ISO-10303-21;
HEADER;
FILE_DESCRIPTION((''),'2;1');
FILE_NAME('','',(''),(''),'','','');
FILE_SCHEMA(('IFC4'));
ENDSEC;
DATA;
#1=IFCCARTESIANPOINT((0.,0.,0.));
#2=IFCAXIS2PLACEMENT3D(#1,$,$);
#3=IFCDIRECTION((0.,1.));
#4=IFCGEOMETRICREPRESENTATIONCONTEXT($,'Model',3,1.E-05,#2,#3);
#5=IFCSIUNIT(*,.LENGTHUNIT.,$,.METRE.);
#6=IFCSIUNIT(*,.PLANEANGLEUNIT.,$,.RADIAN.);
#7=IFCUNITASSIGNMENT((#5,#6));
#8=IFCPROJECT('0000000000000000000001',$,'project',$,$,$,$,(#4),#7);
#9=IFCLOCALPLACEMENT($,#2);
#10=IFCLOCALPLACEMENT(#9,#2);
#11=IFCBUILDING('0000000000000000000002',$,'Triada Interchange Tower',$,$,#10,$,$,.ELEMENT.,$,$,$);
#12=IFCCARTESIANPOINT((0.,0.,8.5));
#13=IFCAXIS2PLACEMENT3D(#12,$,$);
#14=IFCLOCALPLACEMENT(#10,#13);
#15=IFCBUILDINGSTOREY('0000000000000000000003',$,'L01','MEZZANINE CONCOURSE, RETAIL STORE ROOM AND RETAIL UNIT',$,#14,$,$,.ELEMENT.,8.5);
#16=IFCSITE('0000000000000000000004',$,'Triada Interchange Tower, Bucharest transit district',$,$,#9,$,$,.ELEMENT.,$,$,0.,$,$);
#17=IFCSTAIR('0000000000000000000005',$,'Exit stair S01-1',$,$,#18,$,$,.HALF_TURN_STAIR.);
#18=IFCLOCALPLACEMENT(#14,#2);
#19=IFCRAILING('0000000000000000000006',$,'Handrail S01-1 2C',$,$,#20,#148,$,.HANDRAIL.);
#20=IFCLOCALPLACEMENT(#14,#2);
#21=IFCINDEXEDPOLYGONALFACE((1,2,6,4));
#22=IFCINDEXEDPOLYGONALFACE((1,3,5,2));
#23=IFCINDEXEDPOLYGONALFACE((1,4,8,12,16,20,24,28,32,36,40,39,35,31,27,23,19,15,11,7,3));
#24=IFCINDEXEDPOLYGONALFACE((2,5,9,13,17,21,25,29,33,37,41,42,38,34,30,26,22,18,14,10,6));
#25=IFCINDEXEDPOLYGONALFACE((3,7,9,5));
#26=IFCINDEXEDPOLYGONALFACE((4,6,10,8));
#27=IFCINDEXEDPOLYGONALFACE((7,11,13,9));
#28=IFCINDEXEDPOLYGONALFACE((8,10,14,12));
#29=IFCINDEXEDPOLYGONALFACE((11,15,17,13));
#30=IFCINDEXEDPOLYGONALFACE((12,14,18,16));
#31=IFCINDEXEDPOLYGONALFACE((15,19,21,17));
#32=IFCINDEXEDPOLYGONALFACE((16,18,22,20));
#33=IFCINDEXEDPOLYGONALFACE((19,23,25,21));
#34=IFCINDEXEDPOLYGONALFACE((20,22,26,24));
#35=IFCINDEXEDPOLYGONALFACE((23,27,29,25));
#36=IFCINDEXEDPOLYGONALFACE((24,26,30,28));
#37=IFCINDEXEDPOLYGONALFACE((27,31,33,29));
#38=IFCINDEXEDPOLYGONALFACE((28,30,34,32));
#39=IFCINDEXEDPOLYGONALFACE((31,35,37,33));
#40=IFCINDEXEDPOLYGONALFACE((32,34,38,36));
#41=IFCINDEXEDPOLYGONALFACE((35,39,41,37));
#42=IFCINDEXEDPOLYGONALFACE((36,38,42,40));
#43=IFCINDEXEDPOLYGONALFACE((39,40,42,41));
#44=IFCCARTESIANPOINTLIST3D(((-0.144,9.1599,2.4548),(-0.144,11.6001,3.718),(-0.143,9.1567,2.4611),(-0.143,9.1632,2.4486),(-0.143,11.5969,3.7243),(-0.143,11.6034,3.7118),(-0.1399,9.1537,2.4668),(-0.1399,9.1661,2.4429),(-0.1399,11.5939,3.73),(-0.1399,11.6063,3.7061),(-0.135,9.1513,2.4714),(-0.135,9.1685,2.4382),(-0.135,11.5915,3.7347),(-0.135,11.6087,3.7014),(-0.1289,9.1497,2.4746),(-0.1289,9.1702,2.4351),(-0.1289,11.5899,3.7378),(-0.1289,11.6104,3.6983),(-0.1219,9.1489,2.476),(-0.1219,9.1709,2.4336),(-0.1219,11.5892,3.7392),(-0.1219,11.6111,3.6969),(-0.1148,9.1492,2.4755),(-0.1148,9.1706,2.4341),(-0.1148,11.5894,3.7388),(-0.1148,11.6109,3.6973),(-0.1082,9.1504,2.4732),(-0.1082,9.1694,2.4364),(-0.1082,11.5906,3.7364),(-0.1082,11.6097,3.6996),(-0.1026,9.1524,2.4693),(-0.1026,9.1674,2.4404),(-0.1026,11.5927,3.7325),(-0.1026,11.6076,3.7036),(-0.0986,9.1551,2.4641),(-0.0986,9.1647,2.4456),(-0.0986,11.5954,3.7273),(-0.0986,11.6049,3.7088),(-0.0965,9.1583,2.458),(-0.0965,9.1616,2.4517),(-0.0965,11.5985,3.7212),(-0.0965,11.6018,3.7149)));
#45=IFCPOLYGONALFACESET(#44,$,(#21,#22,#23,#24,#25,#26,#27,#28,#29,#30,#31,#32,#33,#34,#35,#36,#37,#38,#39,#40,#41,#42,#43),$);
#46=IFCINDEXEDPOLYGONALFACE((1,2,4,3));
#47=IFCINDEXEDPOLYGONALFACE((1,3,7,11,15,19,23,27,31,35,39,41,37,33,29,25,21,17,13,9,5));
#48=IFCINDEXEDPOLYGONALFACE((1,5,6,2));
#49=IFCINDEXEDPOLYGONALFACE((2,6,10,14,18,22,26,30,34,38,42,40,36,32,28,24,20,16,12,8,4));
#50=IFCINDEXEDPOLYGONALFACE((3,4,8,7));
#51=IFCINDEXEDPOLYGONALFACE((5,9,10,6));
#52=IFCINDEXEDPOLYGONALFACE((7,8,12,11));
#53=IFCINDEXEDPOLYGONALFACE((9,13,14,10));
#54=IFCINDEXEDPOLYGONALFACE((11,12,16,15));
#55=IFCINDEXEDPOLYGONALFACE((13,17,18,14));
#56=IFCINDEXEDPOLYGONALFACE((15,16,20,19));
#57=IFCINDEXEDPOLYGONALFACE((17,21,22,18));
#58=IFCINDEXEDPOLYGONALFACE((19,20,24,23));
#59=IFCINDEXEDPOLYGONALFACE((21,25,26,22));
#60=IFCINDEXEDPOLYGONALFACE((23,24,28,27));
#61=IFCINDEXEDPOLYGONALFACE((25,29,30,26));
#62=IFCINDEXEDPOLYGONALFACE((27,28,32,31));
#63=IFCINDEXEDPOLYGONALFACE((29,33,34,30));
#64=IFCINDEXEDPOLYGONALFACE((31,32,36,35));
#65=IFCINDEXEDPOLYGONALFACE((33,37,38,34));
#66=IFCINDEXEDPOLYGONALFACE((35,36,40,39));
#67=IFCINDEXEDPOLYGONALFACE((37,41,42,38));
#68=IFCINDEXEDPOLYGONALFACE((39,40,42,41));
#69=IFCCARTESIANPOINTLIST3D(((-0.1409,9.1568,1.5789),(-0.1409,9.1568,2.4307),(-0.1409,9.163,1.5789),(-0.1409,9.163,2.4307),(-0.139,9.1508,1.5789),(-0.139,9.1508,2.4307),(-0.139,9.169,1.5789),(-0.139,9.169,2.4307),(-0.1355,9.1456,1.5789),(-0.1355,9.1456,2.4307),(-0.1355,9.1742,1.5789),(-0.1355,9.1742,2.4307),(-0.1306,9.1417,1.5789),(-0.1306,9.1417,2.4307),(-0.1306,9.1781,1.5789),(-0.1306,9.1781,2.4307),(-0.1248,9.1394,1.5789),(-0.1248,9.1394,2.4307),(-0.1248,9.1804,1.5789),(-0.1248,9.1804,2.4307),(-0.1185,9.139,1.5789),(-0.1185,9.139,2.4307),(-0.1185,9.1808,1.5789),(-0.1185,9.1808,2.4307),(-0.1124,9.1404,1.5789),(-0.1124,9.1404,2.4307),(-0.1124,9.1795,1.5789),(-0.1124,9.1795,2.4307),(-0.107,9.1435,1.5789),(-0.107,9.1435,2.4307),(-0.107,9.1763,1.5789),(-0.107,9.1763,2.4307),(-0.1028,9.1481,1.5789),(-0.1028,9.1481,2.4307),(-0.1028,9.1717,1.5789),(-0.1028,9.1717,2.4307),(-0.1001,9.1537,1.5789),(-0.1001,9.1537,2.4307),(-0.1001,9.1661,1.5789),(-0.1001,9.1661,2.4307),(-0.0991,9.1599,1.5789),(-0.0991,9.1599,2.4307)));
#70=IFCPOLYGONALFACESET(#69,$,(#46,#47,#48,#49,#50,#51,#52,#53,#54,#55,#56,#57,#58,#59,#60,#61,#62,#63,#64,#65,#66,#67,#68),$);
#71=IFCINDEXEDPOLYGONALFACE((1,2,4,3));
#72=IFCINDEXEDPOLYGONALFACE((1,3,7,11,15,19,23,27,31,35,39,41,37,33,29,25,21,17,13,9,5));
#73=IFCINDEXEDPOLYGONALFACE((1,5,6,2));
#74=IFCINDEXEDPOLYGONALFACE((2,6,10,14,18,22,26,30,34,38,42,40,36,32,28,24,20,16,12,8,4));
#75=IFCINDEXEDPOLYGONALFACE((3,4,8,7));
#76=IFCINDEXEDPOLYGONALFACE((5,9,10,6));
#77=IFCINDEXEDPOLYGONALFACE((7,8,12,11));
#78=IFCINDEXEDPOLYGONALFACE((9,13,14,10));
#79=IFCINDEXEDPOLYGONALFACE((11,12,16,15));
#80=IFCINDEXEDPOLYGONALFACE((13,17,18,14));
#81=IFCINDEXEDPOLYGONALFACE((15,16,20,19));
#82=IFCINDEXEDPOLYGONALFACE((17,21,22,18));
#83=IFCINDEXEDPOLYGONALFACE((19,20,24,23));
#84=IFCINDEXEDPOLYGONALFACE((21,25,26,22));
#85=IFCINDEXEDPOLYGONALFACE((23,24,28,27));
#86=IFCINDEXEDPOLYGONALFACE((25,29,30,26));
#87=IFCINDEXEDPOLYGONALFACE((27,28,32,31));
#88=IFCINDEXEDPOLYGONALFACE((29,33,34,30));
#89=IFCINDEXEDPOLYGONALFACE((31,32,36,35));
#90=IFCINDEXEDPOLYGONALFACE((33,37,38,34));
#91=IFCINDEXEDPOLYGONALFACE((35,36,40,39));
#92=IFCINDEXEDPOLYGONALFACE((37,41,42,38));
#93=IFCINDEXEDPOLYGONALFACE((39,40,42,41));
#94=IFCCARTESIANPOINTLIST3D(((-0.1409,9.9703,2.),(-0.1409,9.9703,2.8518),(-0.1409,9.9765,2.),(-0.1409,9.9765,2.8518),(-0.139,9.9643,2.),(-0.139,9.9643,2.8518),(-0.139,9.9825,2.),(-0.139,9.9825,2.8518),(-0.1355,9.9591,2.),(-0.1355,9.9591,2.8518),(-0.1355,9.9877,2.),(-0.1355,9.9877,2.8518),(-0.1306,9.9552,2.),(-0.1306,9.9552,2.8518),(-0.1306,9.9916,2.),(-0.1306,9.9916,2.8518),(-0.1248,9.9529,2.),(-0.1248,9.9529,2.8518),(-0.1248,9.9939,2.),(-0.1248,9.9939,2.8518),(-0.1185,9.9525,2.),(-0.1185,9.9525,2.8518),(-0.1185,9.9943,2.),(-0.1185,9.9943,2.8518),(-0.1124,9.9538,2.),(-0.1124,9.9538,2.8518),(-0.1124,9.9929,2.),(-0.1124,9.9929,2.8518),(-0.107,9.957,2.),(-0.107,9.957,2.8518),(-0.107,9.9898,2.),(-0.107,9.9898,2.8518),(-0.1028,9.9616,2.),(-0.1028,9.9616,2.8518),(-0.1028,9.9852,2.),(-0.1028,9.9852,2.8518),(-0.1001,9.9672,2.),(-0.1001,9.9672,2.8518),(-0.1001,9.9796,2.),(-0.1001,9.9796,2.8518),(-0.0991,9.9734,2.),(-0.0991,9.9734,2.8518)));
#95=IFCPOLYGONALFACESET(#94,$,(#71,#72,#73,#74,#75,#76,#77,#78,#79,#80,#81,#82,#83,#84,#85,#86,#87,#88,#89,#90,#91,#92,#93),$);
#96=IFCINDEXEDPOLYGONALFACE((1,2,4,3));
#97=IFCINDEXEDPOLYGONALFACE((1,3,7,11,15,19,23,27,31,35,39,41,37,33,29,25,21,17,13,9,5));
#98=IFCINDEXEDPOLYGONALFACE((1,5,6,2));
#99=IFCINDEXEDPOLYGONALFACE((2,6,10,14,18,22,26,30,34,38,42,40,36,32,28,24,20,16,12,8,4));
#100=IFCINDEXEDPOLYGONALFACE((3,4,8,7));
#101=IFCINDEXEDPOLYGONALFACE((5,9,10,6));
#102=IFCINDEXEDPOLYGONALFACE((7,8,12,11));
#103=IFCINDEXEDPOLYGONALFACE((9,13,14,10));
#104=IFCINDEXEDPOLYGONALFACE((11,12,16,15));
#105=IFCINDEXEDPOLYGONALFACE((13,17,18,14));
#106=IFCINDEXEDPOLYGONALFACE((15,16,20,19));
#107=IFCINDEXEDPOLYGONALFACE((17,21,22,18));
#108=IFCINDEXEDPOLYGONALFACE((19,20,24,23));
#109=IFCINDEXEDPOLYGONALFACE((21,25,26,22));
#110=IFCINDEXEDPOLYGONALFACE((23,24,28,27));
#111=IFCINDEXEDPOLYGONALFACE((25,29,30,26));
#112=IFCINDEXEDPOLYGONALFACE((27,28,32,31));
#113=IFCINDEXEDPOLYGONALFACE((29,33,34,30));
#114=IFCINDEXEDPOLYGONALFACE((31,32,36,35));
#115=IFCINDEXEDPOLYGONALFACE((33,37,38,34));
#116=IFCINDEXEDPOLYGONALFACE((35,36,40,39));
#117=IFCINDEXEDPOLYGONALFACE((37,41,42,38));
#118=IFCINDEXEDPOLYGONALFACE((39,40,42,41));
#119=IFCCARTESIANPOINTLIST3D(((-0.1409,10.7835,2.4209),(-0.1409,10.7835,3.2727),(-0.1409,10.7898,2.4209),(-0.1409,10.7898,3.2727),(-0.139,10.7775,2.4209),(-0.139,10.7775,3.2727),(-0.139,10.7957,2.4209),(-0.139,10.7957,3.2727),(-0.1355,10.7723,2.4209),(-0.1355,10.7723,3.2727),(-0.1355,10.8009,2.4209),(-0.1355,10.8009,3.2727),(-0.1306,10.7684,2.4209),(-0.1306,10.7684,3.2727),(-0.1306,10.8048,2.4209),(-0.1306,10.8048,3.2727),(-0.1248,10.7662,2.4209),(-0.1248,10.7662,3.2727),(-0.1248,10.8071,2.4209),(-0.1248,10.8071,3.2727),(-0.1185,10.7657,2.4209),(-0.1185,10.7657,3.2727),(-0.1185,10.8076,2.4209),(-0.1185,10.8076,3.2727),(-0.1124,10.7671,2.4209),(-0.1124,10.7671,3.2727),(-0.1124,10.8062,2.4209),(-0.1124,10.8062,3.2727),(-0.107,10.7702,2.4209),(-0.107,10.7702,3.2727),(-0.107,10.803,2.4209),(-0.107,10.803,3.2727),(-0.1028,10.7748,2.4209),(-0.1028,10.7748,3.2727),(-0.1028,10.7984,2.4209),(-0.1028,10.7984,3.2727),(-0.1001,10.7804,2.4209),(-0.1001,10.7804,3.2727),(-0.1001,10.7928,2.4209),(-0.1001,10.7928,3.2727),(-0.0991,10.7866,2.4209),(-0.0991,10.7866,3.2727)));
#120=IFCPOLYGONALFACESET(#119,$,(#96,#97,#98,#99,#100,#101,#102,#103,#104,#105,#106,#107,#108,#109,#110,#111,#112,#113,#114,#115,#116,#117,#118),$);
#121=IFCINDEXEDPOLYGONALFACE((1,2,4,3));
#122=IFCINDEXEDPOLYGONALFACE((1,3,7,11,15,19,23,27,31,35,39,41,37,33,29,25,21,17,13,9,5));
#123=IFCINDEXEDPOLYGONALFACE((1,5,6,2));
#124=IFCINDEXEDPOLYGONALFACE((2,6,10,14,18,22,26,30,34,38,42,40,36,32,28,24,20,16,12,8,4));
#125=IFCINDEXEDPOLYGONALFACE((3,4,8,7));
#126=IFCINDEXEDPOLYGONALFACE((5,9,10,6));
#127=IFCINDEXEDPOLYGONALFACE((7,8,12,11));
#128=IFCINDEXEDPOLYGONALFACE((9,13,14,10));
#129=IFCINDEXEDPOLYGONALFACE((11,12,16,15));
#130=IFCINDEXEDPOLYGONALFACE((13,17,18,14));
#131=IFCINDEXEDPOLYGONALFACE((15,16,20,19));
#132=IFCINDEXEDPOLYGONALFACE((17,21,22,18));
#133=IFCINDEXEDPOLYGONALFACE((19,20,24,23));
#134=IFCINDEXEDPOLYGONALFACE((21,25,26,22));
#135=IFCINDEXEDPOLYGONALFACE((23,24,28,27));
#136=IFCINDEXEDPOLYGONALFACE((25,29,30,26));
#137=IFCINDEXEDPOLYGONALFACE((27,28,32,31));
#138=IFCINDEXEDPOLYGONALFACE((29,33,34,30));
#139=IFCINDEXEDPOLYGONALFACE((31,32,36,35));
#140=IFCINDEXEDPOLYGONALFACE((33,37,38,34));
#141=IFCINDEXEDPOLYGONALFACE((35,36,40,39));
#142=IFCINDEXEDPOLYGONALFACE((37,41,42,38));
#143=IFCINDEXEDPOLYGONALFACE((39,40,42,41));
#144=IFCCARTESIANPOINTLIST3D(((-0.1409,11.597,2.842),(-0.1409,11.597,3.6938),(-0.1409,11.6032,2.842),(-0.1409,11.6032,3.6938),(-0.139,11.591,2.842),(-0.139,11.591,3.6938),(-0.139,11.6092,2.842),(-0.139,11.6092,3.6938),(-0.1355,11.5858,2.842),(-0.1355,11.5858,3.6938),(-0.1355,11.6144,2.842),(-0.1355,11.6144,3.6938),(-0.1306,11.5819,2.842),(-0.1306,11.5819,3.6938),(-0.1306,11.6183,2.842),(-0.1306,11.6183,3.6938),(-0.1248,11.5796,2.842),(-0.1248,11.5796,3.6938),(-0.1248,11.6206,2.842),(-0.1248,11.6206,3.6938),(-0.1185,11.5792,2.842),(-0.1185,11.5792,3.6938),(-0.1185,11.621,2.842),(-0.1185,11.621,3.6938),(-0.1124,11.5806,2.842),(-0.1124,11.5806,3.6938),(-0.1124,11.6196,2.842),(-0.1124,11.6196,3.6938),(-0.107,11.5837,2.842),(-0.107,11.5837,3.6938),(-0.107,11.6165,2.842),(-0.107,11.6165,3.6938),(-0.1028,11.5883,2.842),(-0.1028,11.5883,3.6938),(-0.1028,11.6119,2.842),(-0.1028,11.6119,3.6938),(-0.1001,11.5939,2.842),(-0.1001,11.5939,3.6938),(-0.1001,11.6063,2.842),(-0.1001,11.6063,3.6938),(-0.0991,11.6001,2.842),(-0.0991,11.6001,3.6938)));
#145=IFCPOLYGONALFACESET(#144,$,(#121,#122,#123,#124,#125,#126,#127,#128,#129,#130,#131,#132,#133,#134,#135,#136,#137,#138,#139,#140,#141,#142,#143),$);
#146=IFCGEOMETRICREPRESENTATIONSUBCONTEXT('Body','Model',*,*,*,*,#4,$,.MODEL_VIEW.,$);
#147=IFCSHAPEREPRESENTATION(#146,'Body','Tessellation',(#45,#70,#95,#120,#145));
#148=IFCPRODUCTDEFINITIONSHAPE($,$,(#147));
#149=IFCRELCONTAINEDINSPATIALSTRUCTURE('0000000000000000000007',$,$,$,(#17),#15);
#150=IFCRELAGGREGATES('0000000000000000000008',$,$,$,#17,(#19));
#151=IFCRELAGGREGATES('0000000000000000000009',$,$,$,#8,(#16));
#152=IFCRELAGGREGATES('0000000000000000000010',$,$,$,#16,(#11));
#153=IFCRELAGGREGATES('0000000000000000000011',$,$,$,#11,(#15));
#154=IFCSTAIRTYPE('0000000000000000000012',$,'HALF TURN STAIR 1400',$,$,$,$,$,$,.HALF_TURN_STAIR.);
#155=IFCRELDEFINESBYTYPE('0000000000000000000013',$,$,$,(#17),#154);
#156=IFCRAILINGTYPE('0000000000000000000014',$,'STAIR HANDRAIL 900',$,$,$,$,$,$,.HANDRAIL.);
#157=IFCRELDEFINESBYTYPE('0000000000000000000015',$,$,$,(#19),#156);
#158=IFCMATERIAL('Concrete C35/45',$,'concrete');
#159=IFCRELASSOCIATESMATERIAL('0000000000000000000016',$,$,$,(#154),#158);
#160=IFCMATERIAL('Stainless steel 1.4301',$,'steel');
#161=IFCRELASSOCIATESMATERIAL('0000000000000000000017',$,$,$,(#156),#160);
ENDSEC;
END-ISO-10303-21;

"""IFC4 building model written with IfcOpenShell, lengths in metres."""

from ifc_helpers import new_model, si_unit, direction, frame, origin, origin_2d, place, context, subcontext, project, spatial, circle, extrude, material, type_object, element, aggregate, save


model = new_model("IFC4")

# Units and contexts
model_context = context("Model", 3, precision=1e-05, world=origin(), true_north=direction((0.0, 1.0)))
body_context = subcontext(model_context, "Body", "Model", "MODEL_VIEW")
ifc_project = project(units=[si_unit("LENGTHUNIT", "METRE"), si_unit("PLANEANGLEUNIT", "RADIAN")], contexts=[model_context])

# Site, building, storey
site_placement = place(None, origin())
site = spatial("IfcSite", under=ifc_project, at=site_placement, Name="Triada Interchange Tower, Bucharest transit district", CompositionType="ELEMENT", RefElevation=0.0)
building_placement = place(site_placement, origin())
building = spatial("IfcBuilding", under=site, at=building_placement, Name="Triada Interchange Tower", CompositionType="ELEMENT")
storey_placement = place(building_placement, frame((0.0, 0.0, 8.5)))
storey = spatial("IfcBuildingStorey", under=building, at=storey_placement, Name="L01", Description="MEZZANINE CONCOURSE, RETAIL STORE ROOM AND RETAIL UNIT", CompositionType="ELEMENT", Elevation=8.5)

# Stair, railing
ifc_material_1 = material(Name="Concrete C35/45", Category="concrete")
stair_type = type_object("IfcStairType", Name="HALF TURN STAIR 1400", PredefinedType="HALF_TURN_STAIR", material=ifc_material_1)
stair_placement = place(storey_placement, origin())
stair = element("IfcStair", 1, at=stair_placement, inside=storey, type_object=stair_type, Name="Exit stair S01-1", PredefinedType="HALF_TURN_STAIR")
ifc_material_2 = material(Name="Stainless steel 1.4301", Category="steel")
railing_type = type_object("IfcRailingType", Name="STAIR HANDRAIL 900", PredefinedType="HANDRAIL", material=ifc_material_2)
railing_1_placement = place(storey_placement, frame((-0.1201, 9.1599, 1.5789)))
railing_1 = element("IfcRailing", 2, at=railing_1_placement, type_object=railing_type, Name="Handrail S01-1 2C", PredefinedType="HANDRAIL", context=body_context, shape_type="SweptSolid", body=[
    extrude(circle(Radius=0.0239, at=origin_2d()), frame((0.0, 0.0, 0.876), z_axis=(0.0, 0.888066, 0.459715), x_axis=(-1.0, 0.0, 0.0)), (0.0, 0.0, 1.0), 2.7478),
    extrude(circle(Radius=0.021, at=origin_2d()), origin(), (0.0, 0.0, 1.0), 0.8518),
    extrude(circle(Radius=0.021, at=origin_2d()), frame((0.0, 0.8135, 0.4211)), (0.0, 0.0, 1.0), 0.8518),
    extrude(circle(Radius=0.021, at=origin_2d()), frame((0.0, 1.6267, 0.842)), (0.0, 0.0, 1.0), 0.8518),
    extrude(circle(Radius=0.021, at=origin_2d()), frame((0.0, 2.4402, 1.2632)), (0.0, 0.0, 1.0), 0.8518),
])
aggregate(stair, [railing_1])

save(model, "model.ifc")
